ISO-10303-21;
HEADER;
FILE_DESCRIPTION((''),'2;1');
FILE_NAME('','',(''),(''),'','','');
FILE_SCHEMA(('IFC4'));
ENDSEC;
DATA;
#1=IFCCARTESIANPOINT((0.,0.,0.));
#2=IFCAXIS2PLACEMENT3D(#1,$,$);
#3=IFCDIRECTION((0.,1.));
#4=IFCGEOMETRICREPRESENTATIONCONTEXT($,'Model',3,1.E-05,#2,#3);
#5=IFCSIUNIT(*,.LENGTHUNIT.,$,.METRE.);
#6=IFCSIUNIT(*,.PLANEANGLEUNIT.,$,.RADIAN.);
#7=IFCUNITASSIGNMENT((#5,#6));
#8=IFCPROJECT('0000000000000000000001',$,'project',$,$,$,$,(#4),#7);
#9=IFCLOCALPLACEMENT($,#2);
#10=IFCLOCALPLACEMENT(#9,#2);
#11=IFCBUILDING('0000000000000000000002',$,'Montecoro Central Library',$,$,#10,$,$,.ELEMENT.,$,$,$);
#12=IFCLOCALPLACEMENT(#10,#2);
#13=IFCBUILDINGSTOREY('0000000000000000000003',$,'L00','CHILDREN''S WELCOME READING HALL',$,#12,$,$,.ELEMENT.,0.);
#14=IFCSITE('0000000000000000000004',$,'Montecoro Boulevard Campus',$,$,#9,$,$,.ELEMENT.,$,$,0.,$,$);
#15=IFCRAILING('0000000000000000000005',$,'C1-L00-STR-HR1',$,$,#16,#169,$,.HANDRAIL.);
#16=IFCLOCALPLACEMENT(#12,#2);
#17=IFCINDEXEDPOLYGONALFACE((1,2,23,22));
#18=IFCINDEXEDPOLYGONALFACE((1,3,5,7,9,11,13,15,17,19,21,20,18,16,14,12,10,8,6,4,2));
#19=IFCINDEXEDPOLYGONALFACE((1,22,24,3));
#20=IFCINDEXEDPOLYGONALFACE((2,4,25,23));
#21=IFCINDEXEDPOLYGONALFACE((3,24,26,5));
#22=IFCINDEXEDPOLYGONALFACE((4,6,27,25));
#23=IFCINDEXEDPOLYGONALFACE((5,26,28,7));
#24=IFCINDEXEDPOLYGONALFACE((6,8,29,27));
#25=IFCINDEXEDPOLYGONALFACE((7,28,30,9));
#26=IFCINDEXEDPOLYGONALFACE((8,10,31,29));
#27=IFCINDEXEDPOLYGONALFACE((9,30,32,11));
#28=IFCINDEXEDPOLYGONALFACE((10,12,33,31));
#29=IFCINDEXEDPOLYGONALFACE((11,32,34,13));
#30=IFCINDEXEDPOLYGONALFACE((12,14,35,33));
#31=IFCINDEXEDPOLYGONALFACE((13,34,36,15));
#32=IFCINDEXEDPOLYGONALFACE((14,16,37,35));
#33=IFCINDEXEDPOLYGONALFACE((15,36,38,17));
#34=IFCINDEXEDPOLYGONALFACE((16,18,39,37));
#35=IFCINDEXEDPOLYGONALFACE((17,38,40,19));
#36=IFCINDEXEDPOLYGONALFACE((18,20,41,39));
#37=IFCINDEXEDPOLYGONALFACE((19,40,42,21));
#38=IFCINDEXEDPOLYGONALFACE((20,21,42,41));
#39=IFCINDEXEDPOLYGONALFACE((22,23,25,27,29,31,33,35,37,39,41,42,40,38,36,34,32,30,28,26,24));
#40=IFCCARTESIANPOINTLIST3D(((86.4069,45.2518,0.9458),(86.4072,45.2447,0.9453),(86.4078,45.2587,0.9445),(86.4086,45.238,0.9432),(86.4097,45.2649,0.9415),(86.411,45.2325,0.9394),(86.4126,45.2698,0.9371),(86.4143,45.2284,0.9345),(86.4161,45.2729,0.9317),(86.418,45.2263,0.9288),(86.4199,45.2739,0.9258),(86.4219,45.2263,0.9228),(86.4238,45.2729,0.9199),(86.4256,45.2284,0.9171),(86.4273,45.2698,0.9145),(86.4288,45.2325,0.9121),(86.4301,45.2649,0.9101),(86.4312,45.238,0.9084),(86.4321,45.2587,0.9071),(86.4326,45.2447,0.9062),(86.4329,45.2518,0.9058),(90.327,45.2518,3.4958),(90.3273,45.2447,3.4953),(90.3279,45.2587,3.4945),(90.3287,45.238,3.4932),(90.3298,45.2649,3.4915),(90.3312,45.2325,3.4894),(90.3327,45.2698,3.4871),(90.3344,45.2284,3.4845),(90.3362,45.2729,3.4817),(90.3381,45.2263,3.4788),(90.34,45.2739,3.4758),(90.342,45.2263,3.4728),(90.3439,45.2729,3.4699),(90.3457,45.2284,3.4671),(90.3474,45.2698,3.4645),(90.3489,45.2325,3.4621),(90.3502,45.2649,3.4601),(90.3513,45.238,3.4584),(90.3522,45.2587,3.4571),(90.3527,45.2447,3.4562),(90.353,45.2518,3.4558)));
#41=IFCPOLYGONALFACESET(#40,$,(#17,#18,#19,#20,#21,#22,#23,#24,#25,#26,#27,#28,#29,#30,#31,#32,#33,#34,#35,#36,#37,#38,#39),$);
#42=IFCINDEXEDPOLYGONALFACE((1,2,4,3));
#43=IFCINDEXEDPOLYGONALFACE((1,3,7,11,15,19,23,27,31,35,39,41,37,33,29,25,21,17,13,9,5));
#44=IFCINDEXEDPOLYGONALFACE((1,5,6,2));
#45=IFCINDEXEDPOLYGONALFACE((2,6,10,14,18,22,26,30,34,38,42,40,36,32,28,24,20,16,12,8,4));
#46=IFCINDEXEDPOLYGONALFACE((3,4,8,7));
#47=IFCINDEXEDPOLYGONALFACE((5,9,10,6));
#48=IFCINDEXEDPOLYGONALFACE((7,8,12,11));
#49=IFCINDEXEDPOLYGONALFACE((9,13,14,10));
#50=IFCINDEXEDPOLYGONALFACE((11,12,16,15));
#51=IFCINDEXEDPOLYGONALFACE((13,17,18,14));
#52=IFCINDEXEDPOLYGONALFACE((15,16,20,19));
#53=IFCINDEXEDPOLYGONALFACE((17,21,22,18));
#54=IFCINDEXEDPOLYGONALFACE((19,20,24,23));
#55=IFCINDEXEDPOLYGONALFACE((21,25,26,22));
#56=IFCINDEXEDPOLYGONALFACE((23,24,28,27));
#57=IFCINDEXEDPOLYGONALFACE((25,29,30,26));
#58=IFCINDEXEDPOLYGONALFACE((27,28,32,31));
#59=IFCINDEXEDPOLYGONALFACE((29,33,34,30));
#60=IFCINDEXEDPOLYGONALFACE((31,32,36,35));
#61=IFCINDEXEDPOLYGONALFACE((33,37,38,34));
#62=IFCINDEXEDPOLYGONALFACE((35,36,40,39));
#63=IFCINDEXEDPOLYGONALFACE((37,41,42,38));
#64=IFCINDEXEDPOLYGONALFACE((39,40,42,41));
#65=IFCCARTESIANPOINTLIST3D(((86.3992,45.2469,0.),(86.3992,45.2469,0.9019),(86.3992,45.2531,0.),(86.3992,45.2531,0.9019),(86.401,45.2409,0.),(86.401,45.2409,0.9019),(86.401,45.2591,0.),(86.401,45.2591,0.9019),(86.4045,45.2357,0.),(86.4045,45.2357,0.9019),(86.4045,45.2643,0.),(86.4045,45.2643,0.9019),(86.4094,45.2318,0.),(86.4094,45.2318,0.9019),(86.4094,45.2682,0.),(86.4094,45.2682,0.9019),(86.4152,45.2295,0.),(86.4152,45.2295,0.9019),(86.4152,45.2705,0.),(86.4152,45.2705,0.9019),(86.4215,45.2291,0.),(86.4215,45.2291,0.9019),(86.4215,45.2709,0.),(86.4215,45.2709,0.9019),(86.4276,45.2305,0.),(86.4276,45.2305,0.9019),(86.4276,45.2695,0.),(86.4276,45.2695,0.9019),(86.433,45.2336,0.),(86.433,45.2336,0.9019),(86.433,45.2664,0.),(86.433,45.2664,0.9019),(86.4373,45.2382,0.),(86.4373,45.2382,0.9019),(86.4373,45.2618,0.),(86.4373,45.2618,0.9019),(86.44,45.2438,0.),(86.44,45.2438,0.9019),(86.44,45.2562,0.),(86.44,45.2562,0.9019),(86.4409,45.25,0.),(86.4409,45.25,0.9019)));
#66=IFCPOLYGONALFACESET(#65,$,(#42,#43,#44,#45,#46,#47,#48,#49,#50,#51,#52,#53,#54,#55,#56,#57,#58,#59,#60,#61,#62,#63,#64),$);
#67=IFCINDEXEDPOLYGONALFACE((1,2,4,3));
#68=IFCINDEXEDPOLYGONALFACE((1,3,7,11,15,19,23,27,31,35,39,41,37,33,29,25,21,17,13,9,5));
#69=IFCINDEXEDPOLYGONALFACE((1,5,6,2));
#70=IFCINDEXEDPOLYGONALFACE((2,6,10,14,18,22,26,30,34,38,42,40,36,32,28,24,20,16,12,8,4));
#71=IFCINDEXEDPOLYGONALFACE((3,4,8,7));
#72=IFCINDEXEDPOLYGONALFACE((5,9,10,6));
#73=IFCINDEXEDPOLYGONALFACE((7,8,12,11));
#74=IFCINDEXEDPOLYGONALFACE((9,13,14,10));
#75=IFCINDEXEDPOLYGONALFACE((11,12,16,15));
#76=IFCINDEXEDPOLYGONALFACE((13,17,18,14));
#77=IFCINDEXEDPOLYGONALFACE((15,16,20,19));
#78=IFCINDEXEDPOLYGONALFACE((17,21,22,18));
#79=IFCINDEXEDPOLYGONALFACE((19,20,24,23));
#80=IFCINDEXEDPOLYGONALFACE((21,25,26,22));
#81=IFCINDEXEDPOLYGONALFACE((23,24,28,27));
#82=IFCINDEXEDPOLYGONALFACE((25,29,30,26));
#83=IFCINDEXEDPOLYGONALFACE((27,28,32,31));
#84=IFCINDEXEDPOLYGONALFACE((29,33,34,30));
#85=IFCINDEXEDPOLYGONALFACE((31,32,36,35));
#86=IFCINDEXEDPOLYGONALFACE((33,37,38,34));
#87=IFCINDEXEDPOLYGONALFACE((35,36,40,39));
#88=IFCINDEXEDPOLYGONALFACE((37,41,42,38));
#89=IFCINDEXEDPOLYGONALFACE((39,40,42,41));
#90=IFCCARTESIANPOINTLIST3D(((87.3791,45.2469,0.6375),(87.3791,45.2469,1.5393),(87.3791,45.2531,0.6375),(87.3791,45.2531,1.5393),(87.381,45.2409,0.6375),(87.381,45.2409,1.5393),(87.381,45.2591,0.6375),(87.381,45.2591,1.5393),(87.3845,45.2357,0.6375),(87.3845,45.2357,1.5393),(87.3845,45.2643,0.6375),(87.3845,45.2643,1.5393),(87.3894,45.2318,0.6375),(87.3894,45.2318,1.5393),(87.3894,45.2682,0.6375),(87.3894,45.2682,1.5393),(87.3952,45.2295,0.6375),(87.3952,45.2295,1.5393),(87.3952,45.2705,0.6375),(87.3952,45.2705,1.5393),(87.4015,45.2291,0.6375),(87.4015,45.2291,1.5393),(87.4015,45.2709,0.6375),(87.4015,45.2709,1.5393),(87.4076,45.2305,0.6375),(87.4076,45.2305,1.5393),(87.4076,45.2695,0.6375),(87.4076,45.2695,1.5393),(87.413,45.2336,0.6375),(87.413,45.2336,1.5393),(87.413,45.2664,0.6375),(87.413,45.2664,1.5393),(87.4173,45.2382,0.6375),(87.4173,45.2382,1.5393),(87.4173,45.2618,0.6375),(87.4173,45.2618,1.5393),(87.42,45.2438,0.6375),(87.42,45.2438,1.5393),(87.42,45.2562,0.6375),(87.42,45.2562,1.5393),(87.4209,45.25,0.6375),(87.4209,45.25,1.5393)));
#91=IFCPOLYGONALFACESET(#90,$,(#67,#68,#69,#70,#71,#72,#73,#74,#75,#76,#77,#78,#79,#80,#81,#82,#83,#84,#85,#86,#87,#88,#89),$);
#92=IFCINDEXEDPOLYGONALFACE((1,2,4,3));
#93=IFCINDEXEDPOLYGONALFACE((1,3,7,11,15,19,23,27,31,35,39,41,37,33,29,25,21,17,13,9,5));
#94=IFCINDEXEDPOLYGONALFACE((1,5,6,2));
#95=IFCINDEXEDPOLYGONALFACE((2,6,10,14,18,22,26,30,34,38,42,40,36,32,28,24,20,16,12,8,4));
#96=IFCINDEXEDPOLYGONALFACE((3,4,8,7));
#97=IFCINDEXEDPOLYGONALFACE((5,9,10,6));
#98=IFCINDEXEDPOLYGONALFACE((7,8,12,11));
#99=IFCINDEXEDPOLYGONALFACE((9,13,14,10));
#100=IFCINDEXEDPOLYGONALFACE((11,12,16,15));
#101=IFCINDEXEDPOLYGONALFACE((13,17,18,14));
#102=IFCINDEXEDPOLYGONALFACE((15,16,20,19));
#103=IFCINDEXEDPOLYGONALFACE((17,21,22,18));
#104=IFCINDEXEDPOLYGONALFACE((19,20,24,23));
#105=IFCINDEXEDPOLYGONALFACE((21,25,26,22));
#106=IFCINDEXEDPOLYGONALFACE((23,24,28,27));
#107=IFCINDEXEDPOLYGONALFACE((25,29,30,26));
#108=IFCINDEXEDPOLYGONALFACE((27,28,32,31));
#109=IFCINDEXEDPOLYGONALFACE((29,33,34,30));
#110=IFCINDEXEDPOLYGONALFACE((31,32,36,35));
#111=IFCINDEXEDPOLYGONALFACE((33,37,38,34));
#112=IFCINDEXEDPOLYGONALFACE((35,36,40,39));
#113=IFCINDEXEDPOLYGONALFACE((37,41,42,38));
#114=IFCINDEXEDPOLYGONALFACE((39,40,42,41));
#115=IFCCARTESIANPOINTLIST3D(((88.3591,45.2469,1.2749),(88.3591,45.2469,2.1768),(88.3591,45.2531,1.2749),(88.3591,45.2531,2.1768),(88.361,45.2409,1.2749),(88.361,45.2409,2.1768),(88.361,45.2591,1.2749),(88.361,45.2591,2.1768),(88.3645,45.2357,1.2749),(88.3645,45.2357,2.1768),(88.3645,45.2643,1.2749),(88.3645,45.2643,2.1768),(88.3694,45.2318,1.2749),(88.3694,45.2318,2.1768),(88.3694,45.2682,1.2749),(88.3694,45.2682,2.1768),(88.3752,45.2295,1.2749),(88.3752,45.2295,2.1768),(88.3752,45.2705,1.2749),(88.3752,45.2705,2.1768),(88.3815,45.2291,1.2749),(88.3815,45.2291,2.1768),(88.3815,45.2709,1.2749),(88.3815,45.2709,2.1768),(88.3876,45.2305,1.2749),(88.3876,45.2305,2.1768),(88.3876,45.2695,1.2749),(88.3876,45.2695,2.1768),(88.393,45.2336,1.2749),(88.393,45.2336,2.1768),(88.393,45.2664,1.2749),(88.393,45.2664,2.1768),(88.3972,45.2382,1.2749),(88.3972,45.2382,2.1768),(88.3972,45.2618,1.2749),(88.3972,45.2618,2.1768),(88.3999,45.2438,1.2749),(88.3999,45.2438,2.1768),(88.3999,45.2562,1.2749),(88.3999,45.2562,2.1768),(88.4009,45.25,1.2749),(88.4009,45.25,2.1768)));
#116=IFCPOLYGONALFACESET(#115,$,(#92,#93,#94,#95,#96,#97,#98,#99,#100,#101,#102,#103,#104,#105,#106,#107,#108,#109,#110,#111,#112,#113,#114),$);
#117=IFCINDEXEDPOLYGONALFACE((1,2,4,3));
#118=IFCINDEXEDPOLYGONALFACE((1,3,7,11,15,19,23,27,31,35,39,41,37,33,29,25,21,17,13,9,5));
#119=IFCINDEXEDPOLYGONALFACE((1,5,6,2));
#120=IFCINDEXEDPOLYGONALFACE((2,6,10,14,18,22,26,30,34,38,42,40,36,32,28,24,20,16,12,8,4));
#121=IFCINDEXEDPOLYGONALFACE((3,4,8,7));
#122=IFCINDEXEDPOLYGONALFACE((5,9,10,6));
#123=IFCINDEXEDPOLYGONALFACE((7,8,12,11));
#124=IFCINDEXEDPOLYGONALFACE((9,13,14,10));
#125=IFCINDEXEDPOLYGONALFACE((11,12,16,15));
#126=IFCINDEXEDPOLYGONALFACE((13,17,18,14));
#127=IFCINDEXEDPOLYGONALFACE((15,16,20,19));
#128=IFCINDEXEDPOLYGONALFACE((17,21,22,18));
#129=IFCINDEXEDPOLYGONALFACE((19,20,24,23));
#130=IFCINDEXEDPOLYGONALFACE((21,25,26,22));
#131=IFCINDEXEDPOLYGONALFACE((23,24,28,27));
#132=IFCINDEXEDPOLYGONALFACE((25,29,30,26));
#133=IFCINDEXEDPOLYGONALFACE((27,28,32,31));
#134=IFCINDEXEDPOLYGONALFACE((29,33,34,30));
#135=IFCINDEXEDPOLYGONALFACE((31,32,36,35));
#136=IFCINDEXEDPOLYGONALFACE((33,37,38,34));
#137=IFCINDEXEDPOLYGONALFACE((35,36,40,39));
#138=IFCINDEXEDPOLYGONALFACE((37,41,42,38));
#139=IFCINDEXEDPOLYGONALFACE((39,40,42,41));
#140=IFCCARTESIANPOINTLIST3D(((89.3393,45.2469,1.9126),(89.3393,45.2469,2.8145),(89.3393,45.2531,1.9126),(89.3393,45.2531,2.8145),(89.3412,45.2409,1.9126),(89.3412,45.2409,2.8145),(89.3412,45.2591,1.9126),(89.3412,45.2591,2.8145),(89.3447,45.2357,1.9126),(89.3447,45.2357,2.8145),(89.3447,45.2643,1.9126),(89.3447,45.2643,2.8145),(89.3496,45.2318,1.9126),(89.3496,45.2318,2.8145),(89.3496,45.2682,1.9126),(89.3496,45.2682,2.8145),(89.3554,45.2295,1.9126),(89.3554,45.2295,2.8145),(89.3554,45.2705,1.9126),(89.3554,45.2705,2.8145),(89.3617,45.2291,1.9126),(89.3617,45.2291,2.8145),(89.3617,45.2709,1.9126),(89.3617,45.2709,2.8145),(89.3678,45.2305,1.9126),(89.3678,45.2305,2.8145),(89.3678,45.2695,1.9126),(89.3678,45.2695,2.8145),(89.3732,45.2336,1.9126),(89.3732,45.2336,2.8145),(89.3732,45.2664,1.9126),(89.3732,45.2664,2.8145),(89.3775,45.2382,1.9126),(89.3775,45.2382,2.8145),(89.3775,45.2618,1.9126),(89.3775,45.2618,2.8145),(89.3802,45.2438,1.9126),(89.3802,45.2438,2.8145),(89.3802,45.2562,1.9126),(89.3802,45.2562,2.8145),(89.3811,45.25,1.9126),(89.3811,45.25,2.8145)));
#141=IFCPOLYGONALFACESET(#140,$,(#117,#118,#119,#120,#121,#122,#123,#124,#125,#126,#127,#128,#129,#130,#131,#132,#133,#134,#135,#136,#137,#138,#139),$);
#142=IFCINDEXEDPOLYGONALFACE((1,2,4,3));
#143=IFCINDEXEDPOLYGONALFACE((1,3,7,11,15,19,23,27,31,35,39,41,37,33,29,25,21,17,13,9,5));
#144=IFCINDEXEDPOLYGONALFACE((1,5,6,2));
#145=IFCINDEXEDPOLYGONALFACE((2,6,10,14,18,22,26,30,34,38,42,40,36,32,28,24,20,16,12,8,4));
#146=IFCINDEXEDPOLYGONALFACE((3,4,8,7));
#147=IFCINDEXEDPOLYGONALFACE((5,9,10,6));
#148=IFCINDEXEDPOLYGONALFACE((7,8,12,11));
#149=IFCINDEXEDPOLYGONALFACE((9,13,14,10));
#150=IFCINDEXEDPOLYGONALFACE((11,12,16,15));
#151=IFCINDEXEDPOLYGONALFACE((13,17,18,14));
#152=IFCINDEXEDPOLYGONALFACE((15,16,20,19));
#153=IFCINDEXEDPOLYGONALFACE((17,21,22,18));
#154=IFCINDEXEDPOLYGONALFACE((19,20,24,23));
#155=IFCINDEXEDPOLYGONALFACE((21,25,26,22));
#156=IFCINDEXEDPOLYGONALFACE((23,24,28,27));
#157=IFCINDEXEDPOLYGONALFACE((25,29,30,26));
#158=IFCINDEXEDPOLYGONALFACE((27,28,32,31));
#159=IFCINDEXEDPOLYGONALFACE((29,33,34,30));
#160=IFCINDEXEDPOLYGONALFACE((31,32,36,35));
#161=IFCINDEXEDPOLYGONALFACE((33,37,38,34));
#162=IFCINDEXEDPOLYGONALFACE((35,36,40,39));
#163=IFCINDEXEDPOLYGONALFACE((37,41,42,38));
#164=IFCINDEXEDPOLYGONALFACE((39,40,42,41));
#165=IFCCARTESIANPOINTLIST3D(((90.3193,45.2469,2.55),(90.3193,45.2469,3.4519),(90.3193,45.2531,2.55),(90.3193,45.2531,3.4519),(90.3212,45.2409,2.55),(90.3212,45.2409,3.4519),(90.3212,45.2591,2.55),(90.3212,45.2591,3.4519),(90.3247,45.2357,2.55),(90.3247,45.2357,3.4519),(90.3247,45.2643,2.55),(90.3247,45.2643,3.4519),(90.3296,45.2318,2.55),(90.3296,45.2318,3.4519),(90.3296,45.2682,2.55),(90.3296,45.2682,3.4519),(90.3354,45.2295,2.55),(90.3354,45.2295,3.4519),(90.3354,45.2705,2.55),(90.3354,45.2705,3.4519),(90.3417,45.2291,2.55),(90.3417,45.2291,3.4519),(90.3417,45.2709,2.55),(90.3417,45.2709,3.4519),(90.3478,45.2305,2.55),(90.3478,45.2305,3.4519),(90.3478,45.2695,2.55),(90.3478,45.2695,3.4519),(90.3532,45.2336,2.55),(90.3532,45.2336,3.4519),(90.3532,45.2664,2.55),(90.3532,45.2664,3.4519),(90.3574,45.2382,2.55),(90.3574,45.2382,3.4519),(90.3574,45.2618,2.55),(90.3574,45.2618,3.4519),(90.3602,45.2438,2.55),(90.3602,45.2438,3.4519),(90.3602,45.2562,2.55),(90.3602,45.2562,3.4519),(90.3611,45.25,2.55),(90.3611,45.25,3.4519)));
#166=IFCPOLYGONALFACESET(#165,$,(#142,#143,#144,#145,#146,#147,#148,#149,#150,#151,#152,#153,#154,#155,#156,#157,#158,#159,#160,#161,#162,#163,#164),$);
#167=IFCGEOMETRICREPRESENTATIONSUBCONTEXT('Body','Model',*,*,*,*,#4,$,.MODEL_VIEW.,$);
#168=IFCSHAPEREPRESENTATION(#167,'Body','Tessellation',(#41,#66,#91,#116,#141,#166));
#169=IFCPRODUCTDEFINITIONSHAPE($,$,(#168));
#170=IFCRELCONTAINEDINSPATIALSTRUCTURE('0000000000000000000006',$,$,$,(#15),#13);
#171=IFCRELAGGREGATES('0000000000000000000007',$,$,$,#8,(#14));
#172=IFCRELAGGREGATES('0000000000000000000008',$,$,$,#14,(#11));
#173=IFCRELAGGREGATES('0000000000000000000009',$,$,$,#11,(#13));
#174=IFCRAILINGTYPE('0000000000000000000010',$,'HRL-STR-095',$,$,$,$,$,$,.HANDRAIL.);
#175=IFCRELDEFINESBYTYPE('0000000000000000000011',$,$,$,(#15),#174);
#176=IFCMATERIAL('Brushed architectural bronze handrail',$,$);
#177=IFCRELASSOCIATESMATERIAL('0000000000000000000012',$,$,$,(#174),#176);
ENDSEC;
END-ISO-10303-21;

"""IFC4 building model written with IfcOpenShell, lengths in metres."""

from ifc_helpers import new_model, si_unit, direction, frame, origin, origin_2d, place, context, subcontext, project, spatial, circle, extrude, material, type_object, element, save


model = new_model("IFC4")

# Units and contexts
model_context = context("Model", 3, precision=1e-05, world=origin(), true_north=direction((0.0, 1.0)))
body_context = subcontext(model_context, "Body", "Model", "MODEL_VIEW")
ifc_project = project(units=[si_unit("LENGTHUNIT", "METRE"), si_unit("PLANEANGLEUNIT", "RADIAN")], contexts=[model_context])

# Site, building, storey
site_placement = place(None, origin())
site = spatial("IfcSite", under=ifc_project, at=site_placement, Name="Montecoro Boulevard Campus", CompositionType="ELEMENT", RefElevation=0.0)
building_placement = place(site_placement, origin())
building = spatial("IfcBuilding", under=site, at=building_placement, Name="Montecoro Central Library", CompositionType="ELEMENT")
storey_placement = place(building_placement, origin())
storey = spatial("IfcBuildingStorey", under=building, at=storey_placement, Name="L00", Description="CHILDREN'S WELCOME READING HALL", CompositionType="ELEMENT", Elevation=0.0)

# Railing
ifc_material_1 = material(Name="Brushed architectural bronze handrail")
railing_type_1 = type_object("IfcRailingType", Name="HRL-STR-095", PredefinedType="HANDRAIL", material=ifc_material_1)
railing_1_placement = place(storey_placement, frame((86.4199, 45.25, 0.0)))
element("IfcRailing", 1, at=railing_1_placement, inside=storey, type_object=railing_type_1, Name="C1-L00-STR-HR1", PredefinedType="HANDRAIL", context=body_context, shape_type="SweptSolid", body=[
    extrude(circle(Radius=0.0239, at=origin_2d()), frame((0.0, 0.0, 0.9258), z_axis=(0.838254, 0.0, 0.54528), x_axis=(0.0, 1.0, 0.0)), (0.0, 0.0, 1.0), 4.6765),
    extrude(circle(Radius=0.021, at=origin_2d()), origin(), (0.0, 0.0, 1.0), 0.9019),
    extrude(circle(Radius=0.021, at=origin_2d()), frame((0.98, 0.0, 0.6375)), (0.0, 0.0, 1.0), 0.9019),
    extrude(circle(Radius=0.021, at=origin_2d()), frame((1.96, 0.0, 1.2749)), (0.0, 0.0, 1.0), 0.9019),
    extrude(circle(Radius=0.021, at=origin_2d()), frame((2.9402, 0.0, 1.9126)), (0.0, 0.0, 1.0), 0.9019),
    extrude(circle(Radius=0.021, at=origin_2d()), frame((3.9202, 0.0, 2.55)), (0.0, 0.0, 1.0), 0.9019),
])

save(model, "model.ifc")
